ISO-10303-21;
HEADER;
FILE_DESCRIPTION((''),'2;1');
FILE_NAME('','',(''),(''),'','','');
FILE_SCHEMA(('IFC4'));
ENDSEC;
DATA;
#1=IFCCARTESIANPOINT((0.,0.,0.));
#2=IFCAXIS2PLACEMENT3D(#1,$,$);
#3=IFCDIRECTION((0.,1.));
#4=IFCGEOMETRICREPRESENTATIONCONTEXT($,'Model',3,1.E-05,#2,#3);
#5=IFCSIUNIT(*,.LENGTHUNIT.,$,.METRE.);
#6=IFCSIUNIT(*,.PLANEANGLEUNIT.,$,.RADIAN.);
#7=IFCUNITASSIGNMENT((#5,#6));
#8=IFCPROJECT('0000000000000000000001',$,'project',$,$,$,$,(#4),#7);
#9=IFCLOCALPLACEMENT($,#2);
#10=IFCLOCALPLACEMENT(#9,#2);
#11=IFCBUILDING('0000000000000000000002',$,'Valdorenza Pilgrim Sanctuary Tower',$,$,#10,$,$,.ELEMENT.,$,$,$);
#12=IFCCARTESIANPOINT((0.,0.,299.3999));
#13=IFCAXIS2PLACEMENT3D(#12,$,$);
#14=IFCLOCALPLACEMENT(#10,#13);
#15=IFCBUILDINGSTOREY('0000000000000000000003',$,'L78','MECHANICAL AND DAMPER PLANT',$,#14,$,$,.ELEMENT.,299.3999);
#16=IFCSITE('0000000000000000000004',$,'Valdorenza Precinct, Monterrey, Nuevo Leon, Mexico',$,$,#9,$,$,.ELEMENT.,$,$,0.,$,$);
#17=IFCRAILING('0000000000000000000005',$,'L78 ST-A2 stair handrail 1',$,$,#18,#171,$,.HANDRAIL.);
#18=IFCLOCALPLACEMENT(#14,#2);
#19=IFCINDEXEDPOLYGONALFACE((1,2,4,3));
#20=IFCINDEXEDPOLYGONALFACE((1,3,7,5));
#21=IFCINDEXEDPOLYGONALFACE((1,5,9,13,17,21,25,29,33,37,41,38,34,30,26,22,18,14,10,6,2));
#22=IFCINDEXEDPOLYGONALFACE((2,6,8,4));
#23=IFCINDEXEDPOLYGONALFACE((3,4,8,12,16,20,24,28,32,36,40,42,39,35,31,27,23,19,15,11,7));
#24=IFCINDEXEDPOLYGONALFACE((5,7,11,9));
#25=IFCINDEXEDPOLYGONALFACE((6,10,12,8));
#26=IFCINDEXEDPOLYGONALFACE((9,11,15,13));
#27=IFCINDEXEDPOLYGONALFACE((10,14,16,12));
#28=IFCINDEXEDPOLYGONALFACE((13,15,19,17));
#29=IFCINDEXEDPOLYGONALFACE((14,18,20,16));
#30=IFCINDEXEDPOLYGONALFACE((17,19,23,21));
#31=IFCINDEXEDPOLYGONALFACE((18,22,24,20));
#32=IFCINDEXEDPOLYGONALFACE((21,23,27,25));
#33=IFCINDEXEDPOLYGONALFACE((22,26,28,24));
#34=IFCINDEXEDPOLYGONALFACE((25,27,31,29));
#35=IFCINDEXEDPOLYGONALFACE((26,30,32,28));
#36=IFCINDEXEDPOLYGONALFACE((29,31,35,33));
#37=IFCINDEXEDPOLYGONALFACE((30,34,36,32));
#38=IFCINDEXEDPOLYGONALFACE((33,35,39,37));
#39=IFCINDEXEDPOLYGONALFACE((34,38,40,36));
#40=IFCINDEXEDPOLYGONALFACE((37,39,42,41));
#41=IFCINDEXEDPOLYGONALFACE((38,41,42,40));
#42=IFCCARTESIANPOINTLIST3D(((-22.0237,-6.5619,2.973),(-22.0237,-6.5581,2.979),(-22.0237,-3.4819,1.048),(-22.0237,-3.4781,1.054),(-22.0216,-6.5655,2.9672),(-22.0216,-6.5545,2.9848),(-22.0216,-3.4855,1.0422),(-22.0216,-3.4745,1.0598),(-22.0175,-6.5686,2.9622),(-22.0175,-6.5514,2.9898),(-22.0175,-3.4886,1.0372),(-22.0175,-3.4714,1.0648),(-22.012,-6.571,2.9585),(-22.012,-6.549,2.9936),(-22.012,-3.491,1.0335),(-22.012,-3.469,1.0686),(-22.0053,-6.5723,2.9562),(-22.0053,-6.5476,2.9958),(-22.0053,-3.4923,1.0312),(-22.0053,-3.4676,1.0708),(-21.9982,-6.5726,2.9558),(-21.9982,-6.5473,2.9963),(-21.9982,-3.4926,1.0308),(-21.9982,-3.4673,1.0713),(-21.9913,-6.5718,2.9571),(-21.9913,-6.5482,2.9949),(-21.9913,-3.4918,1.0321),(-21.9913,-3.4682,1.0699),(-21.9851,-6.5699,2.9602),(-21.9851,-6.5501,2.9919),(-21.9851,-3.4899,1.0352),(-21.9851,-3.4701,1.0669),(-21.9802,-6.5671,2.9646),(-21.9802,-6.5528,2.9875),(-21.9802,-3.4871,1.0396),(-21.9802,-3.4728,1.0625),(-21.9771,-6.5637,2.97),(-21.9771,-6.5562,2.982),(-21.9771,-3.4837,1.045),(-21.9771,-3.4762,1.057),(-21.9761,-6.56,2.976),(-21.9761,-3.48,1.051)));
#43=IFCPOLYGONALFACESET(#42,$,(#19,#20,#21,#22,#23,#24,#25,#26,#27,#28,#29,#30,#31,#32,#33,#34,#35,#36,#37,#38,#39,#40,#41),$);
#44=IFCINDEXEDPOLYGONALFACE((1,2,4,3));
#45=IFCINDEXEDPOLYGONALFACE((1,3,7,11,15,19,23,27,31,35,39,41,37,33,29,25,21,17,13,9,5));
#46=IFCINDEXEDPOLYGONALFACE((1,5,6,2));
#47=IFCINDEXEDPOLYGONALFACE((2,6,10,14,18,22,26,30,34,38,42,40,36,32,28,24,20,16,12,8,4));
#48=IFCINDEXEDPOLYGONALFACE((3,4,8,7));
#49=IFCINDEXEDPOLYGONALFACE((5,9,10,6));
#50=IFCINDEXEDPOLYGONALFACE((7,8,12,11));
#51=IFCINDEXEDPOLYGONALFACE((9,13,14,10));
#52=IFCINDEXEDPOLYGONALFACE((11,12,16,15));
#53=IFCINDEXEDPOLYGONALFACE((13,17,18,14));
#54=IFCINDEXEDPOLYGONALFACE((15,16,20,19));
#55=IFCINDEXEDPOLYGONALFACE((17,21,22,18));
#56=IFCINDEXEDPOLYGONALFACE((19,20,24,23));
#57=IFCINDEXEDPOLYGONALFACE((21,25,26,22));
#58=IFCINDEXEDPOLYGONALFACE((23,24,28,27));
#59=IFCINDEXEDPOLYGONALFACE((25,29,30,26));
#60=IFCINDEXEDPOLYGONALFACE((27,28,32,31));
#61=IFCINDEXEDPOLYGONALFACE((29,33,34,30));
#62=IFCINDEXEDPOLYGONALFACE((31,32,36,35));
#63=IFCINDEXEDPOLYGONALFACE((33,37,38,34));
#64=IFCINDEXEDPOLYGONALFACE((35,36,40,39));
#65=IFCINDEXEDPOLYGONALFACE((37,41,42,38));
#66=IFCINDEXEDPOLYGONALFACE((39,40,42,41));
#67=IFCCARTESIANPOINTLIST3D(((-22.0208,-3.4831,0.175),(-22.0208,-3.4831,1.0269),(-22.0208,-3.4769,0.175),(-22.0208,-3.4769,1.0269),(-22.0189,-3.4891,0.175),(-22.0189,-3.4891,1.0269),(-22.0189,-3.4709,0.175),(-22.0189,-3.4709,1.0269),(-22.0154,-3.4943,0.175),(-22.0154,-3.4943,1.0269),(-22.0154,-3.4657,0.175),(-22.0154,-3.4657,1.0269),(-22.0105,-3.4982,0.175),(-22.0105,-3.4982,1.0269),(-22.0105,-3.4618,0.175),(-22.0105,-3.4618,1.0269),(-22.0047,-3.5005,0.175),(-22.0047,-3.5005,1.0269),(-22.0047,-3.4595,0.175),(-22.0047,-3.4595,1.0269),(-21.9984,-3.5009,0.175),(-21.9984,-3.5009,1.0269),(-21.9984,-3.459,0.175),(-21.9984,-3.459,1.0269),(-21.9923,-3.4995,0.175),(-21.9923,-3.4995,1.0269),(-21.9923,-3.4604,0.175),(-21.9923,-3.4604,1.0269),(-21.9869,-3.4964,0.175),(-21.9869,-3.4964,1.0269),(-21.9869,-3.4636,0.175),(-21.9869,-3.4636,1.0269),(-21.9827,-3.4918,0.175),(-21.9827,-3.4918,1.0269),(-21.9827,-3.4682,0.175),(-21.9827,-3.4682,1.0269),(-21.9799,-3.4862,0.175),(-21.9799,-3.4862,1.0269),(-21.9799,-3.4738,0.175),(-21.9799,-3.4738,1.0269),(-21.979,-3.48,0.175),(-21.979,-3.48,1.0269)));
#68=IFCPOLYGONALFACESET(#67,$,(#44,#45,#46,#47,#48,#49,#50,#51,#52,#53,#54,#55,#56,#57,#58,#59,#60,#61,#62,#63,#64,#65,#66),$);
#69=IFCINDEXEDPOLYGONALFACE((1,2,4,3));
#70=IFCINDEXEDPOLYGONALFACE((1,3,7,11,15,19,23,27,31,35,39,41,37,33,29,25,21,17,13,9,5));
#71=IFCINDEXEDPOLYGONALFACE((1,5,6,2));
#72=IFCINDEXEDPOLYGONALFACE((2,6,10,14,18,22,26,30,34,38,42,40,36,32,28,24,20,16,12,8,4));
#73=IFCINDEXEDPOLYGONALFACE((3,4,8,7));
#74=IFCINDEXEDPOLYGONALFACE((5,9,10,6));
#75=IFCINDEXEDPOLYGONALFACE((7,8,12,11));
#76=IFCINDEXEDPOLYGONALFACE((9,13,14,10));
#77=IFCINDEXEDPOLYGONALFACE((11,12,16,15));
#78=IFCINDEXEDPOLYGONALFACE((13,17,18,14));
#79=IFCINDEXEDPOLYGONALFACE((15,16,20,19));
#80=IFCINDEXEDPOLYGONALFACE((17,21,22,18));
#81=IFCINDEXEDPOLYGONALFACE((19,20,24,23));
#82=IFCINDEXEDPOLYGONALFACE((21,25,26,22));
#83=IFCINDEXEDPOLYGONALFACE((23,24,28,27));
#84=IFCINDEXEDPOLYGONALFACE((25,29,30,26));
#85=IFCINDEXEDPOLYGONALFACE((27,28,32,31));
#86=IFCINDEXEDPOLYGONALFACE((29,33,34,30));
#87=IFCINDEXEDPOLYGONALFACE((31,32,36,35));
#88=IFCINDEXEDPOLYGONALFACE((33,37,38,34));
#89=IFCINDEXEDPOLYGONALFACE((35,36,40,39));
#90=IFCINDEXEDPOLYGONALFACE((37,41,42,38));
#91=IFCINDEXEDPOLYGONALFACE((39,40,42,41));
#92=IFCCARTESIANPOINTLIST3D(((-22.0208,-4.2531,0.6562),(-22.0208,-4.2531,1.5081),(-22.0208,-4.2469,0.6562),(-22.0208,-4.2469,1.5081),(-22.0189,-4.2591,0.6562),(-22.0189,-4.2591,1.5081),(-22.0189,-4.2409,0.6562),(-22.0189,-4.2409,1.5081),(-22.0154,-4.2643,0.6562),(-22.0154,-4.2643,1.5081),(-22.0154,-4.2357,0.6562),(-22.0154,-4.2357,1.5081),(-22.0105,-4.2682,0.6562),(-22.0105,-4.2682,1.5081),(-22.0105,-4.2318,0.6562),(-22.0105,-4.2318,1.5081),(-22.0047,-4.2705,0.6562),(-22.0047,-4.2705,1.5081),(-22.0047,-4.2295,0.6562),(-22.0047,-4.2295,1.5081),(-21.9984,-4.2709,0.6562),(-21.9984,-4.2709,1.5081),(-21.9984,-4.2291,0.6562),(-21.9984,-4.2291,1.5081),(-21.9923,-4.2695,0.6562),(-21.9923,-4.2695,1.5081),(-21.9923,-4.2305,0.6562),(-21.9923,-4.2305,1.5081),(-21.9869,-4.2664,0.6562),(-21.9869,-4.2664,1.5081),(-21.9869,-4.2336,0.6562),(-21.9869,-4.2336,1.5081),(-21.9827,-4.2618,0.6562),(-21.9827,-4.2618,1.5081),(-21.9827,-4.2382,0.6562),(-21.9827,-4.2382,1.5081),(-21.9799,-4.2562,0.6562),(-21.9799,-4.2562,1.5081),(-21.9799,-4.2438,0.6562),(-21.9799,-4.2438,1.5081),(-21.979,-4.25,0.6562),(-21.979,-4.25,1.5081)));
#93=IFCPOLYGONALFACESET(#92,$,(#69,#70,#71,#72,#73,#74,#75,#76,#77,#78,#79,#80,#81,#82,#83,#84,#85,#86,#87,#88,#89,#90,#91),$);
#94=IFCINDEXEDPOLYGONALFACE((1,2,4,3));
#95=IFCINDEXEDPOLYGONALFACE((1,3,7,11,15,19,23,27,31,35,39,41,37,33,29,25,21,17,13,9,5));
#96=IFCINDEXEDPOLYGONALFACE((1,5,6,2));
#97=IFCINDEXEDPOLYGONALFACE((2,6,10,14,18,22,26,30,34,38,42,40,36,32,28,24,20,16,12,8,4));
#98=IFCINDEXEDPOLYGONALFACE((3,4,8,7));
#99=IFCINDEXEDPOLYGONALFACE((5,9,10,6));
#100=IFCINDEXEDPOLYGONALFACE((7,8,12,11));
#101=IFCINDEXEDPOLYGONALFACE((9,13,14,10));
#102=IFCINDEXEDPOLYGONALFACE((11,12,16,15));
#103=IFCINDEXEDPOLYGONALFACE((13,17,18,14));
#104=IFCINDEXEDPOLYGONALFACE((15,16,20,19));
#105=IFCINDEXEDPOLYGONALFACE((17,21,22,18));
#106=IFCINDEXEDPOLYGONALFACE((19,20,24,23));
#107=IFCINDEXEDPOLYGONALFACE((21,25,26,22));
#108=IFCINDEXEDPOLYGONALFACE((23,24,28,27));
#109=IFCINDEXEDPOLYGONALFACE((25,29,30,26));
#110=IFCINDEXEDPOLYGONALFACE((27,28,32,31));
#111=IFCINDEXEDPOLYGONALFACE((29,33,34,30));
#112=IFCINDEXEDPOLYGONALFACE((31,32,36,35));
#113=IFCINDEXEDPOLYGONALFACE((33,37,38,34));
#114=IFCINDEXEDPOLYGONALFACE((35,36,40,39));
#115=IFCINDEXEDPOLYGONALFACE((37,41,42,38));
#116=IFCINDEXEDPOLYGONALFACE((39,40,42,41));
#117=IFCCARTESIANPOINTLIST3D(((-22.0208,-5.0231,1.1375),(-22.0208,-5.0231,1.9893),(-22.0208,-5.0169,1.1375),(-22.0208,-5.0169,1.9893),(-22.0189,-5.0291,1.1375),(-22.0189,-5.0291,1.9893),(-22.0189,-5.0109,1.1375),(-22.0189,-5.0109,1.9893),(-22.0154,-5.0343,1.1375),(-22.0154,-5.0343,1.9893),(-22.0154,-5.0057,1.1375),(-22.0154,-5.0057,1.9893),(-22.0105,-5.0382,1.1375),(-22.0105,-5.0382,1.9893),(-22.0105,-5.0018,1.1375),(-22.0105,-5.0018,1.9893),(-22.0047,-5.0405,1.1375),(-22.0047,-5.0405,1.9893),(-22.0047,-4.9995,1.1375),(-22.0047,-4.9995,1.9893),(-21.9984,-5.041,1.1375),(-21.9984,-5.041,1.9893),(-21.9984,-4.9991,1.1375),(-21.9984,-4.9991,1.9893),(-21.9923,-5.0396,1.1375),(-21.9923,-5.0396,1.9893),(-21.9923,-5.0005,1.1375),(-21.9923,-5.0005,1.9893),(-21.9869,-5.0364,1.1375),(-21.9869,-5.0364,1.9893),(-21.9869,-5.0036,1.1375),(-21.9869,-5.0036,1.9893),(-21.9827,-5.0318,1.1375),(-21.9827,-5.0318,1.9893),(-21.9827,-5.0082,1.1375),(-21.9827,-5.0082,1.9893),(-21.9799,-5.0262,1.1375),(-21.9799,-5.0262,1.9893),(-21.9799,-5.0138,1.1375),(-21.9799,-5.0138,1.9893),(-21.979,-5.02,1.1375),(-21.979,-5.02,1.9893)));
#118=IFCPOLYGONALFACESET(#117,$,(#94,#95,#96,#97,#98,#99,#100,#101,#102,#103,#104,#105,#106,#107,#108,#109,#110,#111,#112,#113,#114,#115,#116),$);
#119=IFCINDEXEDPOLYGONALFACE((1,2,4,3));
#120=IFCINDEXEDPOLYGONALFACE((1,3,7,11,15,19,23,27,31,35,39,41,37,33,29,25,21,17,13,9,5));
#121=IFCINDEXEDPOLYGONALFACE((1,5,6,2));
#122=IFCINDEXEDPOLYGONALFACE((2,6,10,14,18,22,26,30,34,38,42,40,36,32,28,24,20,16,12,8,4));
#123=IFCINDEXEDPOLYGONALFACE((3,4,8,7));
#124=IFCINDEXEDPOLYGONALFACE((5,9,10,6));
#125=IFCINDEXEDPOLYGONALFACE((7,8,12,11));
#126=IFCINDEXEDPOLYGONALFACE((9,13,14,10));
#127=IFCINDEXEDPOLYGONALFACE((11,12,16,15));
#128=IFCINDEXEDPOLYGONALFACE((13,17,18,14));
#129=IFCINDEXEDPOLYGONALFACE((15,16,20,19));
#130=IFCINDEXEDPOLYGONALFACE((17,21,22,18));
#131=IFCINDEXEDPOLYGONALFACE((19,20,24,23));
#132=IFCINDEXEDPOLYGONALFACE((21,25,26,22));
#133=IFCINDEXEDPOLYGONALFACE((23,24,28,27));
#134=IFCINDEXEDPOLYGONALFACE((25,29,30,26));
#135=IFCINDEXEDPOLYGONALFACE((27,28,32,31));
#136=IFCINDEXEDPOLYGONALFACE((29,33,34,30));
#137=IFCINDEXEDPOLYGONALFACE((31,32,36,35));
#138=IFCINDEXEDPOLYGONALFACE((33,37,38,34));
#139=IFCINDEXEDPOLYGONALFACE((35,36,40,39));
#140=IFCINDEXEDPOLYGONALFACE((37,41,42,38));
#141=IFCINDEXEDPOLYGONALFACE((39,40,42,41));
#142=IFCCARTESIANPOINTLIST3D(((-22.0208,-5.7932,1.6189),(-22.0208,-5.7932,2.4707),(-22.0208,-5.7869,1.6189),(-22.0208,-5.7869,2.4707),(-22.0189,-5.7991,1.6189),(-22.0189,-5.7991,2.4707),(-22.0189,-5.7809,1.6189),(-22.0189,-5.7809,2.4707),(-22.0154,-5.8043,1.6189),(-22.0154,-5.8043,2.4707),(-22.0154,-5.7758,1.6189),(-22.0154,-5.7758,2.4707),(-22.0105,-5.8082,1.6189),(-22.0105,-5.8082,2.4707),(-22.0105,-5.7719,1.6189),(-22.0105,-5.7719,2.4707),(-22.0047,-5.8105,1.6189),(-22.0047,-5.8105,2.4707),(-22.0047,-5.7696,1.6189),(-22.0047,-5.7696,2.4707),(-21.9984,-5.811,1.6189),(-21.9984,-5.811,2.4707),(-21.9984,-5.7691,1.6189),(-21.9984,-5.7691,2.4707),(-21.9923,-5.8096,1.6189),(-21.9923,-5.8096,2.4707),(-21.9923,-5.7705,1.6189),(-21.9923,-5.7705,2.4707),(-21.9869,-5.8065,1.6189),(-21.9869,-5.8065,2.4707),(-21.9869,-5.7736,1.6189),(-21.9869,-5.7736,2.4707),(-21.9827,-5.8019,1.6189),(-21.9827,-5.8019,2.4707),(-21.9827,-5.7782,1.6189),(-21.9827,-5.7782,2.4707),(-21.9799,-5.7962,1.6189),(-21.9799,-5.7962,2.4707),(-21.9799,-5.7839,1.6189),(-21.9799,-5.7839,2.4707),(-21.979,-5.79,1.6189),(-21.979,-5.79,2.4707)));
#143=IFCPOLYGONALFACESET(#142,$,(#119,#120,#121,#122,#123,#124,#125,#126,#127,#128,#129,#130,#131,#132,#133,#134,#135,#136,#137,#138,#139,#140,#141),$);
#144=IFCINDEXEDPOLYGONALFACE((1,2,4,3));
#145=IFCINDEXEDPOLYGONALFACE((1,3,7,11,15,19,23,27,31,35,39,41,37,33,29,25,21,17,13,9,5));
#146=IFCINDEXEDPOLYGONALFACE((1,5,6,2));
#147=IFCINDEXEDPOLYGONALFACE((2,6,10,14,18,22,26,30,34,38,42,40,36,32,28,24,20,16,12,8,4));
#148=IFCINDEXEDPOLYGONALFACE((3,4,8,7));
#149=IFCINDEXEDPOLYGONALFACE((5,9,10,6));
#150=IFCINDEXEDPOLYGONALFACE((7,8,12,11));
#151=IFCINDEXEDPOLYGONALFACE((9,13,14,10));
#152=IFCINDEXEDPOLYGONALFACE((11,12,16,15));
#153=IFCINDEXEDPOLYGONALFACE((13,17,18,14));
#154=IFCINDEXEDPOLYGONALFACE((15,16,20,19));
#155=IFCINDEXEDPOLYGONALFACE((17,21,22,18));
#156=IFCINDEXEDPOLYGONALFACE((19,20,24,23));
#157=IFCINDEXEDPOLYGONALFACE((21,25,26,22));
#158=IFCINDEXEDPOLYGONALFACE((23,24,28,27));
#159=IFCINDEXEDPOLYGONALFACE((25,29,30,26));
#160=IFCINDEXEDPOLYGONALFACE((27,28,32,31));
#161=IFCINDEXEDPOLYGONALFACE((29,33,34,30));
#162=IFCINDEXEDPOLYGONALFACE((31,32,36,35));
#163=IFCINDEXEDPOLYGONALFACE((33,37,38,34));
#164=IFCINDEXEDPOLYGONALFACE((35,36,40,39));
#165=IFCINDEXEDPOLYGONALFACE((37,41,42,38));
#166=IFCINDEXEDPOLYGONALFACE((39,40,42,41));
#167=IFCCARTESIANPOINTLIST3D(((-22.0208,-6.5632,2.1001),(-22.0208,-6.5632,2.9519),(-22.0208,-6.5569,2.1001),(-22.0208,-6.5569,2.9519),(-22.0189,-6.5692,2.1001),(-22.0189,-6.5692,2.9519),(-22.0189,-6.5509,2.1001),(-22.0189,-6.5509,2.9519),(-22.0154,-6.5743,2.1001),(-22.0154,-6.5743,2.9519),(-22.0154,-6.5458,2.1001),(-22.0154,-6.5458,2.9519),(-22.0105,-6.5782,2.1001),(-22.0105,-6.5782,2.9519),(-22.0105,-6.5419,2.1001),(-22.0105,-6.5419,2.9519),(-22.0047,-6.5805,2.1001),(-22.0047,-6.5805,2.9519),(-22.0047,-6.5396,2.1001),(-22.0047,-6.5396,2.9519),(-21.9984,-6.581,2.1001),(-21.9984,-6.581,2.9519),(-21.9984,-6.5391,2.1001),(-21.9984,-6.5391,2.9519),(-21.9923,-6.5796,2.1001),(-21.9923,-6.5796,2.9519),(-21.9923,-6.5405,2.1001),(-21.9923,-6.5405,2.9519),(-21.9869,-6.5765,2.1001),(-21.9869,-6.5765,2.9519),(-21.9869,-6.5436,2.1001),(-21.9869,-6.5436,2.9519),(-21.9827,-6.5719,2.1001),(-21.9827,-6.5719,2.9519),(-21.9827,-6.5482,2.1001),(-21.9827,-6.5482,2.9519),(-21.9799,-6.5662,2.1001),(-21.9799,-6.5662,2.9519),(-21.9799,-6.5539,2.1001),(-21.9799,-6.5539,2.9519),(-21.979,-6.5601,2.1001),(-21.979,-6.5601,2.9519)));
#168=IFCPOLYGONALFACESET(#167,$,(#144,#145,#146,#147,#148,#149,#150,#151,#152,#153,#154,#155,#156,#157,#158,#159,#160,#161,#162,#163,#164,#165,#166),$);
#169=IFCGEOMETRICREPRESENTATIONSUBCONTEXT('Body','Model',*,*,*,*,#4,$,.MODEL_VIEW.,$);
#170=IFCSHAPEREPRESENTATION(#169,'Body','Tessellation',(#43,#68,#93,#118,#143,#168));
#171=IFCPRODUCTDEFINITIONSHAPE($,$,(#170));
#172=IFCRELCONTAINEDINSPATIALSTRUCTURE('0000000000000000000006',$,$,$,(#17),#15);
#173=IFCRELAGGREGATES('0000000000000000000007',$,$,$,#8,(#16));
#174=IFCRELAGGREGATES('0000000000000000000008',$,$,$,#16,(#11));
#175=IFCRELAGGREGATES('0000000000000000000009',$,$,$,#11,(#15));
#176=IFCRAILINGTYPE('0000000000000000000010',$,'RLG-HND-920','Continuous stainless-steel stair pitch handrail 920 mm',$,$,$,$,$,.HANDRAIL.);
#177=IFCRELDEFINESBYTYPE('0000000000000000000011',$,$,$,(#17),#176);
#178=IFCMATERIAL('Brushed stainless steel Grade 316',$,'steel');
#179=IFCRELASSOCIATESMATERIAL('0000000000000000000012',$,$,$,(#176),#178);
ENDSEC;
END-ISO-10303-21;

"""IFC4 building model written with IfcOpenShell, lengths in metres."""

from ifc_helpers import new_model, si_unit, direction, frame, origin, origin_2d, place, context, subcontext, project, spatial, circle, extrude, material, type_object, element, save


model = new_model("IFC4")

# Units and contexts
model_context = context("Model", 3, precision=1e-05, world=origin(), true_north=direction((0.0, 1.0)))
body_context = subcontext(model_context, "Body", "Model", "MODEL_VIEW")
ifc_project = project(units=[si_unit("LENGTHUNIT", "METRE"), si_unit("PLANEANGLEUNIT", "RADIAN")], contexts=[model_context])

# Site, building, storey
site_placement = place(None, origin())
site = spatial("IfcSite", under=ifc_project, at=site_placement, Name="Valdorenza Precinct, Monterrey, Nuevo Leon, Mexico", CompositionType="ELEMENT", RefElevation=0.0)
building_placement = place(site_placement, origin())
building = spatial("IfcBuilding", under=site, at=building_placement, Name="Valdorenza Pilgrim Sanctuary Tower", CompositionType="ELEMENT")
storey_placement = place(building_placement, frame((0.0, 0.0, 299.3999)))
storey = spatial("IfcBuildingStorey", under=building, at=storey_placement, Name="L78", Description="MECHANICAL AND DAMPER PLANT", CompositionType="ELEMENT", Elevation=299.3999)

# Shared definitions
ifc_material_1 = material(Name="Brushed stainless steel Grade 316", Category="steel")

# Railing
railing_type_1 = type_object("IfcRailingType", Name="RLG-HND-920", Description="Continuous stainless-steel stair pitch handrail 920 mm", PredefinedType="HANDRAIL", material=ifc_material_1)
railing_1_placement = place(storey_placement, frame((-22.0, -3.48, 0.175)))
element("IfcRailing", 1, at=railing_1_placement, inside=storey, type_object=railing_type_1, Name="L78 ST-A2 stair handrail 1", PredefinedType="HANDRAIL", context=body_context, shape_type="SweptSolid", body=[
    extrude(circle(Radius=0.0239, at=origin_2d()), frame((0.0, 0.0, 0.876), z_axis=(0.0, -0.847998, 0.529999), x_axis=(1.0, 0.0, 0.0)), (0.0, 0.0, 1.0), 3.6321),
    extrude(circle(Radius=0.021, at=origin_2d()), origin(), (0.0, 0.0, 1.0), 0.8518),
    extrude(circle(Radius=0.021, at=origin_2d()), frame((0.0, -0.77, 0.4812)), (0.0, 0.0, 1.0), 0.8518),
    extrude(circle(Radius=0.021, at=origin_2d()), frame((0.0, -1.54, 0.9624)), (0.0, 0.0, 1.0), 0.8518),
    extrude(circle(Radius=0.021, at=origin_2d()), frame((0.0, -2.3101, 1.4438)), (0.0, 0.0, 1.0), 0.8518),
    extrude(circle(Radius=0.021, at=origin_2d()), frame((0.0, -3.0801, 1.925)), (0.0, 0.0, 1.0), 0.8518),
])

save(model, "model.ifc")
